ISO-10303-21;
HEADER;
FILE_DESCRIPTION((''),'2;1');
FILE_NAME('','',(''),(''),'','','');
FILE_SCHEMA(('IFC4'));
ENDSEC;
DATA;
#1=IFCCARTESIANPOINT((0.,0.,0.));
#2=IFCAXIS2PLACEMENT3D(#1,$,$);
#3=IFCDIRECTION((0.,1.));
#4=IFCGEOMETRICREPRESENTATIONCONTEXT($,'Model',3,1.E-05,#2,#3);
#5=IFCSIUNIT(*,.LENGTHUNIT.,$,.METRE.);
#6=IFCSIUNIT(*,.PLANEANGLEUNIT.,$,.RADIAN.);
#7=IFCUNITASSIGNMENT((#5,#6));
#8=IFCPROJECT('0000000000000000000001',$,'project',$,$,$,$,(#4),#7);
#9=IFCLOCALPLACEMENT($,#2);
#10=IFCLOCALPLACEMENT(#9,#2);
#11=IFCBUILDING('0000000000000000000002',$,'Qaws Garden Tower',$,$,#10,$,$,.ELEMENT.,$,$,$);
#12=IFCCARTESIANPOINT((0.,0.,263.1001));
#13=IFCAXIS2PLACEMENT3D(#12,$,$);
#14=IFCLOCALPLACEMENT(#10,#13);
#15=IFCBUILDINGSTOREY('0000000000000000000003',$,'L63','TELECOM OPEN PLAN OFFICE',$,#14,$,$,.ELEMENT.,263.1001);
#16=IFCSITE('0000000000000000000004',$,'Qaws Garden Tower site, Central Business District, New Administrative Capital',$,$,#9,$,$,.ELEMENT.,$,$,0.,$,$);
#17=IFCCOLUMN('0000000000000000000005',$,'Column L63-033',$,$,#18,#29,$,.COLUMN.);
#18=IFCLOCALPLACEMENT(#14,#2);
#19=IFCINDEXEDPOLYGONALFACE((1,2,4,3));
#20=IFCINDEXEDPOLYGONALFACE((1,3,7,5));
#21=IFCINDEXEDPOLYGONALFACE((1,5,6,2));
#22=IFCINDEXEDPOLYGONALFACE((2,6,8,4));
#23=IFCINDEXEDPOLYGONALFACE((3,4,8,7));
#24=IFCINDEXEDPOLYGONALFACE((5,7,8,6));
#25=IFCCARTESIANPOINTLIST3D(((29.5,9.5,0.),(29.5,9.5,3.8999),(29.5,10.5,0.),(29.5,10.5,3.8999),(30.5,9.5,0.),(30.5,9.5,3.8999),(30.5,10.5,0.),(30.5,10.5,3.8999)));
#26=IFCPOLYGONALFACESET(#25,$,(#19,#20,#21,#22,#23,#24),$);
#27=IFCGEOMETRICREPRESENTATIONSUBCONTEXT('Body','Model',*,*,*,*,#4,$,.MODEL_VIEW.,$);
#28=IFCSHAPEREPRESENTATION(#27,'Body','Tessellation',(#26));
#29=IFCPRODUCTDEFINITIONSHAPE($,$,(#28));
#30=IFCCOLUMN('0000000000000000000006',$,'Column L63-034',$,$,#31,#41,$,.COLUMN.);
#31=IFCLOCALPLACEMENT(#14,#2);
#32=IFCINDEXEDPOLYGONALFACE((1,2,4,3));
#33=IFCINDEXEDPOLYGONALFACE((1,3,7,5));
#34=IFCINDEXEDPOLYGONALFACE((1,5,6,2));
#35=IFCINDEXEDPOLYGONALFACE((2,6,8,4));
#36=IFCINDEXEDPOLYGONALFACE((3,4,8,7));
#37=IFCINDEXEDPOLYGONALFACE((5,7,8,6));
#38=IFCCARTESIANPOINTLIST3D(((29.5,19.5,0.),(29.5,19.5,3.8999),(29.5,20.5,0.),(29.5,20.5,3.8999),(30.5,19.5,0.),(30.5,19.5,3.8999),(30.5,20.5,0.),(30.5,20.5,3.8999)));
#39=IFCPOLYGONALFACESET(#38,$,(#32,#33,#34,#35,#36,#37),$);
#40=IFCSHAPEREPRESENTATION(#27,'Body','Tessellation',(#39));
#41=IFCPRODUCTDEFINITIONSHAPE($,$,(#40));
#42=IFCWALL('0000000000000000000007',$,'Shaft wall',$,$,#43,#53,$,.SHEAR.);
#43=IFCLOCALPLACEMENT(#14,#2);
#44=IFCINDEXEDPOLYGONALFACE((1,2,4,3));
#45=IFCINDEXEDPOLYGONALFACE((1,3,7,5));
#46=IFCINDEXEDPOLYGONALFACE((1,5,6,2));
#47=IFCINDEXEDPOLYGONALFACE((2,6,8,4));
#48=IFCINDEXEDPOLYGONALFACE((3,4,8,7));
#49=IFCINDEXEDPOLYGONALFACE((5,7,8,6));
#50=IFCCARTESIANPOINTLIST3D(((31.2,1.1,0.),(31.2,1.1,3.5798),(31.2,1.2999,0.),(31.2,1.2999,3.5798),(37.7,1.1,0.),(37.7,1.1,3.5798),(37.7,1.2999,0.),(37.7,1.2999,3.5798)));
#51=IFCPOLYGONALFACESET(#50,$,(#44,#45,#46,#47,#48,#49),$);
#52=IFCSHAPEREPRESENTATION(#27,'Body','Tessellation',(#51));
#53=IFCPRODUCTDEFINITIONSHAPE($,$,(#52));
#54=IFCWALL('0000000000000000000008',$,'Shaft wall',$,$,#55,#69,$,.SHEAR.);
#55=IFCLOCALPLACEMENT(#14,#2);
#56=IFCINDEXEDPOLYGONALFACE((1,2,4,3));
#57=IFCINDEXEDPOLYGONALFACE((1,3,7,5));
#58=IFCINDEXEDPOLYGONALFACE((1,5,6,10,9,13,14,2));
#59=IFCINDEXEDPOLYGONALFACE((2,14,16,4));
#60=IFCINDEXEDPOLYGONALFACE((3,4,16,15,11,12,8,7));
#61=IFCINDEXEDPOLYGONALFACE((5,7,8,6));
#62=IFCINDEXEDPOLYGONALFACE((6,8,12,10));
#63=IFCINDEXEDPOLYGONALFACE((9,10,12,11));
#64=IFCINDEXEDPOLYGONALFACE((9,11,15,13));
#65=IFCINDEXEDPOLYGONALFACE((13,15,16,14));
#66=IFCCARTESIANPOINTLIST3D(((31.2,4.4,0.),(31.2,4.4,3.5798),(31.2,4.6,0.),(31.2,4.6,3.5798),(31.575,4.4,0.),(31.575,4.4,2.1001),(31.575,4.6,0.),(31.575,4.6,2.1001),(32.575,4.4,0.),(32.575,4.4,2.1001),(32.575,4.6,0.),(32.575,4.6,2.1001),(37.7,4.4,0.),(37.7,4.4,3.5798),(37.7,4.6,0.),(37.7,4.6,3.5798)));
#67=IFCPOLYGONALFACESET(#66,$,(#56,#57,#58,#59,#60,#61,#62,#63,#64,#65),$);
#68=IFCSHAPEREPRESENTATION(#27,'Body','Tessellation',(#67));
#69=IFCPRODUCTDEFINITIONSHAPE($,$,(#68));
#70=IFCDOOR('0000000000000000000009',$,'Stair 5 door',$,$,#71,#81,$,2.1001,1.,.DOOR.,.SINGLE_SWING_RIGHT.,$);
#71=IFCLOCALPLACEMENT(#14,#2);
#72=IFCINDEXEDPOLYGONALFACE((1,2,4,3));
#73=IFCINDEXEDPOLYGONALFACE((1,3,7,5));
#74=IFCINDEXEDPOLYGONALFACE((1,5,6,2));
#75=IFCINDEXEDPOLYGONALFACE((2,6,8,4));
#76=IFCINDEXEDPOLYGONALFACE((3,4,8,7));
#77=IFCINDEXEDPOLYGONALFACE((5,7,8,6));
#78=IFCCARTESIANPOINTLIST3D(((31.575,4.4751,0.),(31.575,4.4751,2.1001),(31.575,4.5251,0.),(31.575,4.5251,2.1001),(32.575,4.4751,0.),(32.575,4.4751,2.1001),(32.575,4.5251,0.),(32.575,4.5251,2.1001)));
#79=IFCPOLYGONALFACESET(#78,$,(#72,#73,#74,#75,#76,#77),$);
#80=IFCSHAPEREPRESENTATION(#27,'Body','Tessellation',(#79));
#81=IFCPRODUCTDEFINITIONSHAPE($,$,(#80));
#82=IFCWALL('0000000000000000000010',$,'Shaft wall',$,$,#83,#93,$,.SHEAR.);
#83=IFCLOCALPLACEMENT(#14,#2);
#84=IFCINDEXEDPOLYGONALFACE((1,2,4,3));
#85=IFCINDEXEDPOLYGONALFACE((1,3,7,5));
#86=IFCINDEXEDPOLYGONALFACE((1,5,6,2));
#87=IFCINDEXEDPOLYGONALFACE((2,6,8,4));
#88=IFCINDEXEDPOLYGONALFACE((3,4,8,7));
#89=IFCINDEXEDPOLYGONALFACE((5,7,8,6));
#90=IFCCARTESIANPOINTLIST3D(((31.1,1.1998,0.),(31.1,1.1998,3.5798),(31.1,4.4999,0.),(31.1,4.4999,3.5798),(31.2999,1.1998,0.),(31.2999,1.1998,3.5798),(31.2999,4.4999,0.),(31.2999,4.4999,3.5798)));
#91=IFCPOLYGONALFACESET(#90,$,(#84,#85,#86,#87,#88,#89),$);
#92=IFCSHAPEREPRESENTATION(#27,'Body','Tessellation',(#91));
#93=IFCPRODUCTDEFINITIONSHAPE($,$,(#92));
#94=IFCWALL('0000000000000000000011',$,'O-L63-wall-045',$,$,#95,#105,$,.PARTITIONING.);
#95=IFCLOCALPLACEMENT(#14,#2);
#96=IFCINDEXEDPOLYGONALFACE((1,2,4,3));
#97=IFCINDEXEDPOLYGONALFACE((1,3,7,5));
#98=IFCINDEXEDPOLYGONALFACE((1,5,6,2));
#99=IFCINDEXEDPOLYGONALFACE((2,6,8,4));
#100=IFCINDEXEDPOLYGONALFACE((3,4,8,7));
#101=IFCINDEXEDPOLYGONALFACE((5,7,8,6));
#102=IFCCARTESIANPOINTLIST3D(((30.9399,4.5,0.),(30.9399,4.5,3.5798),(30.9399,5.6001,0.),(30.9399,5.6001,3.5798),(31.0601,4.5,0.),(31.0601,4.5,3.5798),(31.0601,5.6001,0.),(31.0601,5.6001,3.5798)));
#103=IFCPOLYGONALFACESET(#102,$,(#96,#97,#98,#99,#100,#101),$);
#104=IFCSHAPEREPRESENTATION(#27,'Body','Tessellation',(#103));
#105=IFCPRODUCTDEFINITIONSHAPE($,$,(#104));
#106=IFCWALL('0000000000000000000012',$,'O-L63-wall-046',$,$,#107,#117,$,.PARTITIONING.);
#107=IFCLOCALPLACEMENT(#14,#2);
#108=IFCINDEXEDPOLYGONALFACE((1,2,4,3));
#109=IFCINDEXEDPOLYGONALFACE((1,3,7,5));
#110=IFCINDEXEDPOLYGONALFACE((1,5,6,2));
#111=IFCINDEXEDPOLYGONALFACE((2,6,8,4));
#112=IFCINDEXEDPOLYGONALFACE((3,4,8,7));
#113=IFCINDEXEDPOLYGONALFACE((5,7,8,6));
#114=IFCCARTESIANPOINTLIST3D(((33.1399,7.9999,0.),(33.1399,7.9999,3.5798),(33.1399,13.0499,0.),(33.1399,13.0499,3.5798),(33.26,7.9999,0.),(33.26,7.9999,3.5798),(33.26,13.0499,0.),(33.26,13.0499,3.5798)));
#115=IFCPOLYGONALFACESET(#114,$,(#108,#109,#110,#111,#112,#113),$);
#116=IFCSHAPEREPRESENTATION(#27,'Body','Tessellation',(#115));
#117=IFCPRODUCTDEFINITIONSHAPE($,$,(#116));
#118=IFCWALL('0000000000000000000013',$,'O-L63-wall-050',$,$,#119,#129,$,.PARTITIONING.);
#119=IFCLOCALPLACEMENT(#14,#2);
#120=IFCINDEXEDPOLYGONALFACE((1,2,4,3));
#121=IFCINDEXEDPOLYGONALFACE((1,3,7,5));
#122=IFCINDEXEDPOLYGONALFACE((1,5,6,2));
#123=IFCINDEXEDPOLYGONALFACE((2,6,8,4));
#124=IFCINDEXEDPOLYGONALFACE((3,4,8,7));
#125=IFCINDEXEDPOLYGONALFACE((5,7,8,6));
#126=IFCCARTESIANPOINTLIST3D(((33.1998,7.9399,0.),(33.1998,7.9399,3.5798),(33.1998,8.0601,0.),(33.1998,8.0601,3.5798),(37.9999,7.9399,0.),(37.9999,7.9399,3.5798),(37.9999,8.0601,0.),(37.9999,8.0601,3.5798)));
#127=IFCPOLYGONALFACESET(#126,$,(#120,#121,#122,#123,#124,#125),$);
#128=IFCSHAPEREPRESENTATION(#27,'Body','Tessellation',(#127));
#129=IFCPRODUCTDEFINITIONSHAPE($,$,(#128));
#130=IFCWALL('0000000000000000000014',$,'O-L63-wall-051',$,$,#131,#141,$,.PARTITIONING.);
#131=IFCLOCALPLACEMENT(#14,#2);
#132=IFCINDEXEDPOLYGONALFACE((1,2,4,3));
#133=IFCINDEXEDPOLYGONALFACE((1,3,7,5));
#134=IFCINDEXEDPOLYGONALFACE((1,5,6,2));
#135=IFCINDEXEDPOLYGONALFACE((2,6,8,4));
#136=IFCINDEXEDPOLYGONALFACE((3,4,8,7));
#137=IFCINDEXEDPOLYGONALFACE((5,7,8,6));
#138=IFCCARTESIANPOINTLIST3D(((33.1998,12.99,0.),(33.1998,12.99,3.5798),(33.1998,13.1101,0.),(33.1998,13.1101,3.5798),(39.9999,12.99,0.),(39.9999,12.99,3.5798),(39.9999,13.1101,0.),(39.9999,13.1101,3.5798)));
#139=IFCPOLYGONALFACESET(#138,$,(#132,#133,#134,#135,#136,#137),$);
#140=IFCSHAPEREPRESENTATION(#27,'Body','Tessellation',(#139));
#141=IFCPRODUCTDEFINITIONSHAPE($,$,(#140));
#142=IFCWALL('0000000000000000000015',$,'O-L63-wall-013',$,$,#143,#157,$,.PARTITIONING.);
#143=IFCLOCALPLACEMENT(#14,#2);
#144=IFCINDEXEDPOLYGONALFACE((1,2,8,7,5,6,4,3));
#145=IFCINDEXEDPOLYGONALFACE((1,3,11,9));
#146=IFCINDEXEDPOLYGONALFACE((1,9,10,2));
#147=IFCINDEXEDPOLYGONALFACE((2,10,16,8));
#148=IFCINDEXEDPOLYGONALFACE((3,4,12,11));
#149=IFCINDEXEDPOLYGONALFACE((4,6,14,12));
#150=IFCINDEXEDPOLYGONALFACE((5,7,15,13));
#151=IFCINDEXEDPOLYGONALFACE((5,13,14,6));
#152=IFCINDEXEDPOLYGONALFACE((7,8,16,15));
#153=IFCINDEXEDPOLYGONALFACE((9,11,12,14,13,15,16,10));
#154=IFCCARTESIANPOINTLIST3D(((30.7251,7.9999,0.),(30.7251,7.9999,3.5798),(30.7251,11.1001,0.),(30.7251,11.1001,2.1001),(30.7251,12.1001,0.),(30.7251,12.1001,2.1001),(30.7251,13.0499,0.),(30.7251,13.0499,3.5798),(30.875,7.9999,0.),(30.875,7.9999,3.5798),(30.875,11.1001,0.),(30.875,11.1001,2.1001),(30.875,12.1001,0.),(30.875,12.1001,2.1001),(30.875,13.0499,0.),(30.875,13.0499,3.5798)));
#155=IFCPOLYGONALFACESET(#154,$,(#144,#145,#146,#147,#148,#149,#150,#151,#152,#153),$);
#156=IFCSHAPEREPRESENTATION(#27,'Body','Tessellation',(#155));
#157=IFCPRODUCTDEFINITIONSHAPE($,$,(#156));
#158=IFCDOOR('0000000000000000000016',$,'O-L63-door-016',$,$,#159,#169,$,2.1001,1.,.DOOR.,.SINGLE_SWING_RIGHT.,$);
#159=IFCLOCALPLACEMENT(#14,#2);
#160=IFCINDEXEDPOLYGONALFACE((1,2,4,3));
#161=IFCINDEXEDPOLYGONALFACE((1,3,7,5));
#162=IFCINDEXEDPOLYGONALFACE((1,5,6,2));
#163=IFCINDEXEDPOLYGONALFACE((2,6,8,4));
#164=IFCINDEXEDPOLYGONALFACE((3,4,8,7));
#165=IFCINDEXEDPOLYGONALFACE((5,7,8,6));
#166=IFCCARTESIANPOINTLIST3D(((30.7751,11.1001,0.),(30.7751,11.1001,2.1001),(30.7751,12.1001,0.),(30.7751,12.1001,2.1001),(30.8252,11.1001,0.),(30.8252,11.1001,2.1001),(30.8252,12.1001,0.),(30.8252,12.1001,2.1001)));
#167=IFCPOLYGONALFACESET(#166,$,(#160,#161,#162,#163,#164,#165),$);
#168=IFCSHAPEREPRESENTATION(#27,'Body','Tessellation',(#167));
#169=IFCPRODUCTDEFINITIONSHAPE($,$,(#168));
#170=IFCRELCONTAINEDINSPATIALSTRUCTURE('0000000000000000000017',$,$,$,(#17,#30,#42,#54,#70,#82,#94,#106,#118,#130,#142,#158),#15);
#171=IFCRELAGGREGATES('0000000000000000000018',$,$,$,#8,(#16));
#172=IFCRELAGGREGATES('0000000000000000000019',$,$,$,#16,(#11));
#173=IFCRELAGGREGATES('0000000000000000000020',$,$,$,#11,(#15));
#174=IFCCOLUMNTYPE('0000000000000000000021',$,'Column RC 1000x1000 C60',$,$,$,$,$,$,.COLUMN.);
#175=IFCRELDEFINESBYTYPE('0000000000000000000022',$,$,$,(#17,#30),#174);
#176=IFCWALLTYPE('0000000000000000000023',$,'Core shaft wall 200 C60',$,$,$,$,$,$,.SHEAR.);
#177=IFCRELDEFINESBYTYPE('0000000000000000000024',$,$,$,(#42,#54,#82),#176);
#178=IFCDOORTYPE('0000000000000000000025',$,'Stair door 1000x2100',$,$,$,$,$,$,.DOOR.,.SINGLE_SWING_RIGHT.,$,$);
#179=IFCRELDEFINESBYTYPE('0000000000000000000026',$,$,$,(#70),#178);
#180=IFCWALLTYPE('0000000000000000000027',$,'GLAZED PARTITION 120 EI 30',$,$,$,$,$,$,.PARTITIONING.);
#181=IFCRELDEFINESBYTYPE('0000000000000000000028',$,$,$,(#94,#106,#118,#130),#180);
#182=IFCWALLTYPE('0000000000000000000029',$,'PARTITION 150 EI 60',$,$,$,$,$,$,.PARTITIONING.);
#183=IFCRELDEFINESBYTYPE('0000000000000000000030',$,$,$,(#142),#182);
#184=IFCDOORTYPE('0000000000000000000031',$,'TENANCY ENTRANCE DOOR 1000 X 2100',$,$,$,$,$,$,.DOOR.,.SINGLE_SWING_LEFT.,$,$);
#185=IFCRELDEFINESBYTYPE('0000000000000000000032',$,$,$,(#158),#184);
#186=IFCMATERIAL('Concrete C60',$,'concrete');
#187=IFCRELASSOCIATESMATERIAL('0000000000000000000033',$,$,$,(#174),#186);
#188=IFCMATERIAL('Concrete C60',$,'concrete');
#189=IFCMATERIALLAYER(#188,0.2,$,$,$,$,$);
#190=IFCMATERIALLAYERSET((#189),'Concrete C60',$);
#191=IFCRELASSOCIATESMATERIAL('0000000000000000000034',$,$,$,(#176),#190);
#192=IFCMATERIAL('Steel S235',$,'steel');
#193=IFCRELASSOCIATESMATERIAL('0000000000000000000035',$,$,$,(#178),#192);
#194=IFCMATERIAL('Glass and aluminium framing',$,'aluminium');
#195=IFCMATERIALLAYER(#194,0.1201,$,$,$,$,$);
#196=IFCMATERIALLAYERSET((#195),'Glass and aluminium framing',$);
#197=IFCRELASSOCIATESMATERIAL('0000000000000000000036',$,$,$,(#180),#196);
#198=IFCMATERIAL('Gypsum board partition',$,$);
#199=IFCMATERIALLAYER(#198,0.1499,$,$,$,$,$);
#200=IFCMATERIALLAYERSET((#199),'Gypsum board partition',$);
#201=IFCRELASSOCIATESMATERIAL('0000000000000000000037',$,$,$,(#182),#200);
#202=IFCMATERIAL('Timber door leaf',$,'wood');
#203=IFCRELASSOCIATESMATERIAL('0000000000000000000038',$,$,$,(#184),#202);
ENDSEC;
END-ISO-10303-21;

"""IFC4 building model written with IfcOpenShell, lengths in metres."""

from ifc_helpers import new_model, si_unit, direction, frame, frame_2d, origin, origin_2d, place, context, subcontext, project, spatial, rectangle, extrude, material, layer, layer_set, material_profile, profile_set, type_object, element, fill, save


model = new_model("IFC4")

# Units and contexts
model_context = context("Model", 3, precision=1e-05, world=origin(), true_north=direction((0.0, 1.0)))
body_context = subcontext(model_context, "Body", "Model", "MODEL_VIEW")
ifc_project = project(units=[si_unit("LENGTHUNIT", "METRE"), si_unit("PLANEANGLEUNIT", "RADIAN")], contexts=[model_context])

# Site, building, storey
site_placement = place(None, origin())
site = spatial("IfcSite", under=ifc_project, at=site_placement, Name="Qaws Garden Tower site, Central Business District, New Administrative Capital", CompositionType="ELEMENT", RefElevation=0.0)
building_placement = place(site_placement, origin())
building = spatial("IfcBuilding", under=site, at=building_placement, Name="Qaws Garden Tower", CompositionType="ELEMENT")
storey_placement = place(building_placement, frame((0.0, 0.0, 263.1001)))
storey = spatial("IfcBuildingStorey", under=building, at=storey_placement, Name="L63", Description="TELECOM OPEN PLAN OFFICE", CompositionType="ELEMENT", Elevation=263.1001)

# Columns
ifc_material_1 = material(Name="Concrete C60", Category="concrete")
ifc_material_profile = material_profile(ifc_material_1, rectangle(XDim=1.0, YDim=1.0, at=origin_2d()), Name="RC 1000x1000")
ifc_profile_set = profile_set([ifc_material_profile], Name="Concrete C60")
column_type = type_object("IfcColumnType", Name="Column RC 1000x1000 C60", PredefinedType="COLUMN", material=ifc_profile_set)
for number, where, z_axis, x_axis, name in (
    (1, (30.0, 10.0, 0.0), (0.0, 0.0, 1.0), (1.0, 0.0, 0.0), "Column L63-033"),
    (2, (30.0, 20.0, 0.0), (0.0, 0.0, 1.0), (1.0, 0.0, 0.0), "Column L63-034"),
):
    element("IfcColumn", number, at=place(storey_placement, frame(where, z_axis=z_axis, x_axis=x_axis)), inside=storey, type_object=column_type, Name=name, PredefinedType="COLUMN", context=body_context, shape_type="SweptSolid", body=[
        extrude(rectangle(XDim=1.0, YDim=1.0, at=origin_2d()), origin(), (0.0, 0.0, 1.0), 3.8999),
    ])

# Wall
ifc_material_2 = material(Name="Concrete C60", Category="concrete")
ifc_layer_1 = layer(ifc_material_2, 0.2)
ifc_layer_set_1 = layer_set([ifc_layer_1], Name="Concrete C60")
wall_type_1 = type_object("IfcWallType", Name="Core shaft wall 200 C60", PredefinedType="SHEAR", material=ifc_layer_set_1)
wall_1_placement = place(storey_placement, frame((31.2, 1.2, 0.0), z_axis=(0.0, 0.0, 1.0), x_axis=(1.0, 0.0, 0.0)))
element("IfcWall", 3, at=wall_1_placement, inside=storey, type_object=wall_type_1, Name="Shaft wall", PredefinedType="SHEAR", context=body_context, shape_type="SweptSolid", body=[
    extrude(rectangle(XDim=6.5, YDim=0.2, at=frame_2d((3.25, 0.0))), origin(), (0.0, 0.0, 1.0), 3.5798),
])

# Wall, opening, door
wall_2_placement = place(storey_placement, frame((31.2, 4.5, 0.0), z_axis=(0.0, 0.0, 1.0), x_axis=(1.0, 0.0, 0.0)))
wall_2 = element("IfcWall", 4, at=wall_2_placement, inside=storey, type_object=wall_type_1, Name="Shaft wall", PredefinedType="SHEAR", context=body_context, shape_type="SweptSolid", body=[
    extrude(rectangle(XDim=6.5, YDim=0.2, at=frame_2d((3.25, 0.0))), origin(), (0.0, 0.0, 1.0), 3.5798),
])
opening_1_placement = place(wall_2_placement, frame((0.375, 0.0, 0.0)))
opening_1 = element("IfcOpeningElement", 5, at=opening_1_placement, cuts=wall_2, PredefinedType="OPENING", context=body_context, shape_type="SweptSolid", body=[
    extrude(rectangle(XDim=1.0, YDim=2.1001, at=frame_2d((0.5, 1.05))), frame((0.0, 0.1099, 0.0), z_axis=(0.0, -1.0, 0.0), x_axis=(1.0, 0.0, 0.0)), (0.0, 0.0, 1.0), 0.22),
])
ifc_material_3 = material(Name="Steel S235", Category="steel")
door_type_1 = type_object("IfcDoorType", Name="Stair door 1000x2100", OperationType="SINGLE_SWING_RIGHT", PredefinedType="DOOR", material=ifc_material_3)
door_1_placement = place(opening_1_placement, frame((1.0, 0.0, 0.0), z_axis=(0.0, 0.0, 1.0), x_axis=(-1.0, 0.0, 0.0)))
door_1 = element("IfcDoor", 6, at=door_1_placement, inside=storey, type_object=door_type_1, Name="Stair 5 door", OperationType="SINGLE_SWING_RIGHT", OverallHeight=2.1001, OverallWidth=1.0, PredefinedType="DOOR", context=body_context, shape_type="SweptSolid", body=[
    extrude(rectangle(XDim=1.0, YDim=2.1001, at=frame_2d((0.5, 1.05))), frame((0.0, 0.0249, 0.0), z_axis=(0.0, -1.0, 0.0), x_axis=(1.0, 0.0, 0.0)), (0.0, 0.0, 1.0), 0.05),
])
fill(opening_1, door_1)

# Walls
wall_3_placement = place(storey_placement, frame((31.2, 1.2, 0.0), z_axis=(0.0, 0.0, 1.0), x_axis=(0.0, 1.0, 0.0)))
element("IfcWall", 7, at=wall_3_placement, inside=storey, type_object=wall_type_1, Name="Shaft wall", PredefinedType="SHEAR", context=body_context, shape_type="SweptSolid", body=[
    extrude(rectangle(XDim=3.3, YDim=0.2, at=frame_2d((1.6499, 0.0))), origin(), (0.0, 0.0, 1.0), 3.5798),
])
ifc_material_4 = material(Name="Glass and aluminium framing", Category="aluminium")
ifc_layer_2 = layer(ifc_material_4, 0.1201)
ifc_layer_set_2 = layer_set([ifc_layer_2], Name="Glass and aluminium framing")
wall_type_2 = type_object("IfcWallType", Name="GLAZED PARTITION 120 EI 30", PredefinedType="PARTITIONING", material=ifc_layer_set_2)
wall_4_placement = place(storey_placement, frame((31.0, 4.5, 0.0), z_axis=(0.0, 0.0, 1.0), x_axis=(0.0, 1.0, 0.0)))
element("IfcWall", 8, at=wall_4_placement, inside=storey, type_object=wall_type_2, Name="O-L63-wall-045", PredefinedType="PARTITIONING", context=body_context, shape_type="SweptSolid", body=[
    extrude(rectangle(XDim=1.1001, YDim=0.1201, at=frame_2d((0.55, 0.0))), origin(), (0.0, 0.0, 1.0), 3.5798),
])
wall_5_placement = place(storey_placement, frame((33.2, 8.0, 0.0), z_axis=(0.0, 0.0, 1.0), x_axis=(0.0, 1.0, 0.0)))
element("IfcWall", 9, at=wall_5_placement, inside=storey, type_object=wall_type_2, Name="O-L63-wall-046", PredefinedType="PARTITIONING", context=body_context, shape_type="SweptSolid", body=[
    extrude(rectangle(XDim=5.05, YDim=0.1201, at=frame_2d((2.5249, 0.0))), origin(), (0.0, 0.0, 1.0), 3.5798),
])
wall_6_placement = place(storey_placement, frame((33.2, 8.0, 0.0), z_axis=(0.0, 0.0, 1.0), x_axis=(1.0, 0.0, 0.0)))
element("IfcWall", 10, at=wall_6_placement, inside=storey, type_object=wall_type_2, Name="O-L63-wall-050", PredefinedType="PARTITIONING", context=body_context, shape_type="SweptSolid", body=[
    extrude(rectangle(XDim=4.8, YDim=0.1201, at=frame_2d((2.3999, 0.0))), origin(), (0.0, 0.0, 1.0), 3.5798),
])
wall_7_placement = place(storey_placement, frame((33.2, 13.05, 0.0), z_axis=(0.0, 0.0, 1.0), x_axis=(1.0, 0.0, 0.0)))
element("IfcWall", 11, at=wall_7_placement, inside=storey, type_object=wall_type_2, Name="O-L63-wall-051", PredefinedType="PARTITIONING", context=body_context, shape_type="SweptSolid", body=[
    extrude(rectangle(XDim=6.8, YDim=0.1201, at=frame_2d((3.3999, 0.0))), origin(), (0.0, 0.0, 1.0), 3.5798),
])

# Wall, opening, door
ifc_material_5 = material(Name="Gypsum board partition")
ifc_layer_3 = layer(ifc_material_5, 0.1499)
ifc_layer_set_3 = layer_set([ifc_layer_3], Name="Gypsum board partition")
wall_type_3 = type_object("IfcWallType", Name="PARTITION 150 EI 60", PredefinedType="PARTITIONING", material=ifc_layer_set_3)
wall_8_placement = place(storey_placement, frame((30.8, 8.0, 0.0), z_axis=(0.0, 0.0, 1.0), x_axis=(0.0, 1.0, 0.0)))
wall_8 = element("IfcWall", 12, at=wall_8_placement, inside=storey, type_object=wall_type_3, Name="O-L63-wall-013", PredefinedType="PARTITIONING", context=body_context, shape_type="SweptSolid", body=[
    extrude(rectangle(XDim=5.05, YDim=0.1499, at=frame_2d((2.5249, 0.0))), origin(), (0.0, 0.0, 1.0), 3.5798),
])
opening_2_placement = place(wall_8_placement, frame((3.1001, 0.0, 0.0)))
opening_2 = element("IfcOpeningElement", 13, at=opening_2_placement, cuts=wall_8, PredefinedType="OPENING", context=body_context, shape_type="SweptSolid", body=[
    extrude(rectangle(XDim=1.0, YDim=2.1001, at=frame_2d((0.5, 1.05))), frame((0.0, 0.085, 0.0), z_axis=(0.0, -1.0, 0.0), x_axis=(1.0, 0.0, 0.0)), (0.0, 0.0, 1.0), 0.1699),
])
ifc_material_6 = material(Name="Timber door leaf", Category="wood")
door_type_2 = type_object("IfcDoorType", Name="TENANCY ENTRANCE DOOR 1000 X 2100", OperationType="SINGLE_SWING_LEFT", PredefinedType="DOOR", material=ifc_material_6)
door_2_placement = place(opening_2_placement, origin())
door_2 = element("IfcDoor", 14, at=door_2_placement, inside=storey, type_object=door_type_2, Name="O-L63-door-016", OperationType="SINGLE_SWING_RIGHT", OverallHeight=2.1001, OverallWidth=1.0, PredefinedType="DOOR", context=body_context, shape_type="SweptSolid", body=[
    extrude(rectangle(XDim=1.0, YDim=2.1001, at=frame_2d((0.5, 1.05))), frame((0.0, 0.0249, 0.0), z_axis=(0.0, -1.0, 0.0), x_axis=(1.0, 0.0, 0.0)), (0.0, 0.0, 1.0), 0.05),
])
fill(opening_2, door_2)

save(model, "model.ifc")
